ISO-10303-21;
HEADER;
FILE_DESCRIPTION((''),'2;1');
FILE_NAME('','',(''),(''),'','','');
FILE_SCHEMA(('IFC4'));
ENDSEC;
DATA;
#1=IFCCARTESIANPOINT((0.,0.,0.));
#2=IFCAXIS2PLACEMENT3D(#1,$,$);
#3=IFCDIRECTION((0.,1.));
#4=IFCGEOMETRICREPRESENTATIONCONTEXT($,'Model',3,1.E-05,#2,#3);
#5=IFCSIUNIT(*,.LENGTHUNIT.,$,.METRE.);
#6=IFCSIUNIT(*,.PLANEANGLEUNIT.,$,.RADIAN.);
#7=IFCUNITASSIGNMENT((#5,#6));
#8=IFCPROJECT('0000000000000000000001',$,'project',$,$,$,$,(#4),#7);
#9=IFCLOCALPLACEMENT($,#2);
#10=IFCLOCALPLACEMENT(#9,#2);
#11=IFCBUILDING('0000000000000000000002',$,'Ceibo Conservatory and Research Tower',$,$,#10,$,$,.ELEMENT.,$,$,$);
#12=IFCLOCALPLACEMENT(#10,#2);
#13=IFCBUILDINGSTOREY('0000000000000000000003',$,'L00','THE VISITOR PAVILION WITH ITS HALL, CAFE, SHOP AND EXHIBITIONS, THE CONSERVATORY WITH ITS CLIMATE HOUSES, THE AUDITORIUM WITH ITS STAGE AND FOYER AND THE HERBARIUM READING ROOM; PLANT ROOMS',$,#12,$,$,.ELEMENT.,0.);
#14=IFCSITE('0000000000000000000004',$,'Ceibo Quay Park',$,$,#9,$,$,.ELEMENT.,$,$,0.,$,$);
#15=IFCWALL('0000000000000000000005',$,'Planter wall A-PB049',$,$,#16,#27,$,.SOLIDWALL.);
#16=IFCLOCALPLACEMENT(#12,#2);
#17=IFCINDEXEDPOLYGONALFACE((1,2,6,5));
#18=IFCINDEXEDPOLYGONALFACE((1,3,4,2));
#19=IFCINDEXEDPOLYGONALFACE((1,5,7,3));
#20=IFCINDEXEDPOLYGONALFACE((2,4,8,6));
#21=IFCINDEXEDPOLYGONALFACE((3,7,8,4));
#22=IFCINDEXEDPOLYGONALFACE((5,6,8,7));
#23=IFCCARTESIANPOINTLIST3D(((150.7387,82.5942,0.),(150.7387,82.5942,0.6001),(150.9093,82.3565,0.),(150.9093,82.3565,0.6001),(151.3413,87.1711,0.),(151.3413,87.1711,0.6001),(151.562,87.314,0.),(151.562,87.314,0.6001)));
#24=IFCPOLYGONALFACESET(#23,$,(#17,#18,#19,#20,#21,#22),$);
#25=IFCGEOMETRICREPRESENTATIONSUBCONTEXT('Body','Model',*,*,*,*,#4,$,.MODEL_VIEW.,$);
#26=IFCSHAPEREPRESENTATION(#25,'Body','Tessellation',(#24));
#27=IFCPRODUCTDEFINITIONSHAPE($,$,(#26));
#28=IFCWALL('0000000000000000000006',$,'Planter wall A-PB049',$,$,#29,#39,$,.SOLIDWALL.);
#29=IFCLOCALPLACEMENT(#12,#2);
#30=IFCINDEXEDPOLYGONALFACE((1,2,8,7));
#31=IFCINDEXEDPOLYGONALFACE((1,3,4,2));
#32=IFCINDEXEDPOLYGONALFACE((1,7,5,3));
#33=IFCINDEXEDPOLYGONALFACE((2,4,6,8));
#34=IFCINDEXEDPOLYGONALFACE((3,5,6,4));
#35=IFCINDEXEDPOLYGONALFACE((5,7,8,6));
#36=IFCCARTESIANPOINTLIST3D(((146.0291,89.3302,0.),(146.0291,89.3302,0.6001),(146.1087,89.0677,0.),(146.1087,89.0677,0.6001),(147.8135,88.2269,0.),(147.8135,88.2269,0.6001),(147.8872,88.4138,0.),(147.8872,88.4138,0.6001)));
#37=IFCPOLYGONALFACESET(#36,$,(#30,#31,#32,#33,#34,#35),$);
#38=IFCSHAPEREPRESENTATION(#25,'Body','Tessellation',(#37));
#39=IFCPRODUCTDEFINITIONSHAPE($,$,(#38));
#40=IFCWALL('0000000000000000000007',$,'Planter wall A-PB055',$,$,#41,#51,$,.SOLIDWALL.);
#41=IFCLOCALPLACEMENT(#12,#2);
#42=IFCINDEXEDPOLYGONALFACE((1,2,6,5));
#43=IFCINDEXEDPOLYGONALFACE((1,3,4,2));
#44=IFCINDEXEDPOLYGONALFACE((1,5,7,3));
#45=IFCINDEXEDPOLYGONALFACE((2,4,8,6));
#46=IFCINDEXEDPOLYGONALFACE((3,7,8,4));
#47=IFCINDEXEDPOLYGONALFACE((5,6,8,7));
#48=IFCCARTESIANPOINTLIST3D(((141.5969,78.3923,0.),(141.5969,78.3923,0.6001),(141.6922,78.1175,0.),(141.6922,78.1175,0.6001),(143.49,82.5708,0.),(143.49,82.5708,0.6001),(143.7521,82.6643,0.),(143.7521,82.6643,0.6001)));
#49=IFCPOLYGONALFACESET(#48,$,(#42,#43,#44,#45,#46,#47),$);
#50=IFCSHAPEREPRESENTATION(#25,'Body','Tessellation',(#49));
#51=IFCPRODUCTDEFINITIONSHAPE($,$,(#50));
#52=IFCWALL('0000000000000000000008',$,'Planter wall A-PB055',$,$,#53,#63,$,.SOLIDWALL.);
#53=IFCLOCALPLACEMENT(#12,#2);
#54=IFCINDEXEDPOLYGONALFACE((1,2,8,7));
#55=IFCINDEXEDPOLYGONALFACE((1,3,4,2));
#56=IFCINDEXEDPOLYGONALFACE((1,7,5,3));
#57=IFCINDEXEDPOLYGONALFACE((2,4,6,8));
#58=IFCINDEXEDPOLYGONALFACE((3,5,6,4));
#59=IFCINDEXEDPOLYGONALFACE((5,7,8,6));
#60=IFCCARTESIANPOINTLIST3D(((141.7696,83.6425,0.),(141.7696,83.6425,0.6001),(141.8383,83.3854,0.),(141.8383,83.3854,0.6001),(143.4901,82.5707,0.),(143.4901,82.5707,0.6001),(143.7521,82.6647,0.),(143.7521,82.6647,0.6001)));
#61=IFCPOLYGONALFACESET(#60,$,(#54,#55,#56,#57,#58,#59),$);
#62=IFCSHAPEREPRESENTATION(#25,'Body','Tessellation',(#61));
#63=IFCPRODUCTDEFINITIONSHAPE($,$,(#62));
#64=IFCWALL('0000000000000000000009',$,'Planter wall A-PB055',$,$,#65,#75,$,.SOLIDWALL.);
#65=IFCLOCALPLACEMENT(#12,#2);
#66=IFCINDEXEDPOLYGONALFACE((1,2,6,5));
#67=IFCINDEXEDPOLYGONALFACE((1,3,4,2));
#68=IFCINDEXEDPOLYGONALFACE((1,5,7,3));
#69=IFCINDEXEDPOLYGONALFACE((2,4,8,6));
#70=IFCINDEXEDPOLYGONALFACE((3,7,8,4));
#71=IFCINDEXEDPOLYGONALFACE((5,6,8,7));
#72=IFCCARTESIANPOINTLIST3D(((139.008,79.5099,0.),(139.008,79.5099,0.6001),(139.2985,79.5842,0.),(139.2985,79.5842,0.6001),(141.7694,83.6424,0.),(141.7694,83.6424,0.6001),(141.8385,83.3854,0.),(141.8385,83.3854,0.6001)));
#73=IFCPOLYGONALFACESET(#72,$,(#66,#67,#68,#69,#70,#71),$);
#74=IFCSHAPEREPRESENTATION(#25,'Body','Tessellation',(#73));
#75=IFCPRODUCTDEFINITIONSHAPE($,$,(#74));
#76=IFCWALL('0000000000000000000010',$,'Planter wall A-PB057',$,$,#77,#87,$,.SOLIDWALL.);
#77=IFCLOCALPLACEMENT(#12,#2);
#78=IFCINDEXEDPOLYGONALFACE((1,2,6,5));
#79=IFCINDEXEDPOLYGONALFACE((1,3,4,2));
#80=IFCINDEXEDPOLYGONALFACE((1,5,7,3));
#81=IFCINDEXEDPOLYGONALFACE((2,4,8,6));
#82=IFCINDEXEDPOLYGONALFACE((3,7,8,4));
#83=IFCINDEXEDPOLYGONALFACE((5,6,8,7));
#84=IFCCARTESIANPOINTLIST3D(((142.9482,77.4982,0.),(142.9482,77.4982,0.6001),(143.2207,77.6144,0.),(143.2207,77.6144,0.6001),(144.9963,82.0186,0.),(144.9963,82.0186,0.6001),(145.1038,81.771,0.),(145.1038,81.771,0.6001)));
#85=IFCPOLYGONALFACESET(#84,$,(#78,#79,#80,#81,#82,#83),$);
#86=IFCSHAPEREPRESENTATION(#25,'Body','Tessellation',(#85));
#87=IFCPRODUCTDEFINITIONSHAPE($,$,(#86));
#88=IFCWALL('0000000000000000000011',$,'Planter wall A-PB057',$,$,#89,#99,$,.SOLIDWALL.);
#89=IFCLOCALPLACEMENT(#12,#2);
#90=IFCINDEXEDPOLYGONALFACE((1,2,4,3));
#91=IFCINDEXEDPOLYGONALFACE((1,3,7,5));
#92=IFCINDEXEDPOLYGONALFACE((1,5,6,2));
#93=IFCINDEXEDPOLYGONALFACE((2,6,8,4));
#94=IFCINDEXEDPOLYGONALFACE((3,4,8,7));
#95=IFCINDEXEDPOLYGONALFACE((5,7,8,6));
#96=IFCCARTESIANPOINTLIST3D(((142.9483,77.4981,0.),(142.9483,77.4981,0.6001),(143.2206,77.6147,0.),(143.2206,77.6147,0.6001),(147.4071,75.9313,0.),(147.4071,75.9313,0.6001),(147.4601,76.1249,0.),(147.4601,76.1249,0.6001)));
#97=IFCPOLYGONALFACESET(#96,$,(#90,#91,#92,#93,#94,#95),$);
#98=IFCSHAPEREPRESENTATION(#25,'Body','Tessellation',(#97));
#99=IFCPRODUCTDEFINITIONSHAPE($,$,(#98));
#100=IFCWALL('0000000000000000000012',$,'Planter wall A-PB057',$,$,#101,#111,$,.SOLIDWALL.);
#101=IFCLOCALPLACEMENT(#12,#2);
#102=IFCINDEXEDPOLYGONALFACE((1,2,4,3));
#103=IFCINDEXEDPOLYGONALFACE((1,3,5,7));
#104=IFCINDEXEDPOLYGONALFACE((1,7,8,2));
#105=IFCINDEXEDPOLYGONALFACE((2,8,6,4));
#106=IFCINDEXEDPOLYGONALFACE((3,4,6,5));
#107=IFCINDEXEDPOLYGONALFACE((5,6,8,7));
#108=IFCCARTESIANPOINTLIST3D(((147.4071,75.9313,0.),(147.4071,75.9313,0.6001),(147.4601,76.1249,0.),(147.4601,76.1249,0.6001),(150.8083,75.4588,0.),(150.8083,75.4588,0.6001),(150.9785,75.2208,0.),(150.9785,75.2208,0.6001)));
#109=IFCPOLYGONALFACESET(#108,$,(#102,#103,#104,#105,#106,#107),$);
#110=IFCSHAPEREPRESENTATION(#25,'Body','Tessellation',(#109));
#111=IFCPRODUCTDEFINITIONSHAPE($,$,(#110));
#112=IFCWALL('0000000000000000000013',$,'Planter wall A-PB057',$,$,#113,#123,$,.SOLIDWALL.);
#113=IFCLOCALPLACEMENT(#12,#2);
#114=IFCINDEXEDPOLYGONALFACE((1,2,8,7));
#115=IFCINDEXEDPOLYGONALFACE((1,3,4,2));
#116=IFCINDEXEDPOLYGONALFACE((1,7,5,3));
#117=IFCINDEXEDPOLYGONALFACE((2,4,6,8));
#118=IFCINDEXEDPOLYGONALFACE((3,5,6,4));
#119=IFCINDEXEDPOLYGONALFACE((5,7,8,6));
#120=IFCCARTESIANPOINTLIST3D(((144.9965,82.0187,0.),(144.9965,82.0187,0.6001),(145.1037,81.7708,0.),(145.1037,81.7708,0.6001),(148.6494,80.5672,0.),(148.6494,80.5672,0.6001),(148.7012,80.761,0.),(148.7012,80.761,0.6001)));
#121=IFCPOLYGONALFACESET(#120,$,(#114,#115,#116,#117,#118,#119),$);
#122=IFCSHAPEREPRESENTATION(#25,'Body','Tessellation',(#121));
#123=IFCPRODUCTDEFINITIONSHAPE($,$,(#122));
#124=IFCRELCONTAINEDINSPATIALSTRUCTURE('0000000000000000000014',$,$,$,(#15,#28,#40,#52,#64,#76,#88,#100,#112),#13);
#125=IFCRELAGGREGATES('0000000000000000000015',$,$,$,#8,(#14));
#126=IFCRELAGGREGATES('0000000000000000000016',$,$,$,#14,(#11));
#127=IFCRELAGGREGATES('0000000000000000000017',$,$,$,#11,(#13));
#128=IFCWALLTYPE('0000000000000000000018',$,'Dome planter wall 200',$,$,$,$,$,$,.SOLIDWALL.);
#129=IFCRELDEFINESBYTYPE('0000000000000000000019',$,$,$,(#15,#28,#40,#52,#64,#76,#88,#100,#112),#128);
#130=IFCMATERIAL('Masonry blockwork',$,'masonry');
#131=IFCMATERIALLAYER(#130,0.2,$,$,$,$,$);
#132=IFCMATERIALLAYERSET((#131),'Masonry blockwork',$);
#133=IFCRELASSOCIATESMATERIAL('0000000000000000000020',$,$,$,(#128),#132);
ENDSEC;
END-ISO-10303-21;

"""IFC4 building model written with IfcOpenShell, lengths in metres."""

from ifc_helpers import new_model, si_unit, direction, frame, origin, place, context, subcontext, project, spatial, polyline, outline, extrude, material, layer, layer_set, type_object, element, save


model = new_model("IFC4")

# Units and contexts
model_context = context("Model", 3, precision=1e-05, world=origin(), true_north=direction((0.0, 1.0)))
body_context = subcontext(model_context, "Body", "Model", "MODEL_VIEW")
ifc_project = project(units=[si_unit("LENGTHUNIT", "METRE"), si_unit("PLANEANGLEUNIT", "RADIAN")], contexts=[model_context])

# Site, building, storey
site_placement = place(None, origin())
site = spatial("IfcSite", under=ifc_project, at=site_placement, Name="Ceibo Quay Park", CompositionType="ELEMENT", RefElevation=0.0)
building_placement = place(site_placement, origin())
building = spatial("IfcBuilding", under=site, at=building_placement, Name="Ceibo Conservatory and Research Tower", CompositionType="ELEMENT")
storey_placement = place(building_placement, origin())
storey = spatial("IfcBuildingStorey", under=building, at=storey_placement, Name="L00", Description="THE VISITOR PAVILION WITH ITS HALL, CAFE, SHOP AND EXHIBITIONS, THE CONSERVATORY WITH ITS CLIMATE HOUSES, THE AUDITORIUM WITH ITS STAGE AND FOYER AND THE HERBARIUM READING ROOM; PLANT ROOMS", CompositionType="ELEMENT", Elevation=0.0)

# Walls
ifc_material_1 = material(Name="Masonry blockwork", Category="masonry")
ifc_layer_1 = layer(ifc_material_1, 0.2)
ifc_layer_set_1 = layer_set([ifc_layer_1], Name="Masonry blockwork")
wall_type_1 = type_object("IfcWallType", Name="Dome planter wall 200", PredefinedType="SOLIDWALL", material=ifc_layer_set_1)
wall_1_placement = place(storey_placement, frame((150.824, 82.4753, 0.0), z_axis=(0.0, 0.0, 1.0), x_axis=(0.130544, 0.991443, 0.0)))
element("IfcWall", 1, at=wall_1_placement, inside=storey, type_object=wall_type_1, Name="Planter wall A-PB049", PredefinedType="SOLIDWALL", context=body_context, shape_type="SweptSolid", body=[
    extrude(outline(polyline([(-0.1067, -0.1001), (4.8936, -0.1001), (4.7231, 0.1001), (0.1067, 0.1001), (-0.1067, -0.1001)])), origin(), (0.0, 0.0, 1.0), 0.6001),
])
wall_2_placement = place(storey_placement, frame((147.8503, 88.3203, 0.0), z_axis=(0.0, 0.0, 1.0), x_axis=(-0.896847, 0.44234, 0.0)))
element("IfcWall", 2, at=wall_2_placement, inside=storey, type_object=wall_type_1, Name="Planter wall A-PB049", PredefinedType="SOLIDWALL", context=body_context, shape_type="SweptSolid", body=[
    extrude(outline(polyline([(0.0083, -0.1001), (2.0801, -0.1001), (1.8926, 0.1001), (-0.0083, 0.1001), (0.0083, -0.1001)])), origin(), (0.0, 0.0, 1.0), 0.6001),
])
wall_3_placement = place(storey_placement, frame((141.6445, 78.2549, 0.0), z_axis=(0.0, 0.0, 1.0), x_axis=(0.412674, 0.910879, 0.0)))
element("IfcWall", 3, at=wall_3_placement, inside=storey, type_object=wall_type_1, Name="Planter wall A-PB055", PredefinedType="SOLIDWALL", context=body_context, shape_type="SweptSolid", body=[
    extrude(outline(polyline([(-0.1055, -0.1001), (4.8862, -0.1001), (4.6929, 0.1001), (0.1055, 0.1001), (-0.1055, -0.1001)])), origin(), (0.0, 0.0, 1.0), 0.6001),
])
wall_4_placement = place(storey_placement, frame((143.6211, 82.6177, 0.0), z_axis=(0.0, 0.0, 1.0), x_axis=(-0.896848, 0.442339, 0.0)))
element("IfcWall", 4, at=wall_4_placement, inside=storey, type_object=wall_type_1, Name="Planter wall A-PB055", PredefinedType="SOLIDWALL", context=body_context, shape_type="SweptSolid", body=[
    extrude(outline(polyline([(-0.0967, -0.1001), (2.1138, -0.1001), (1.9385, 0.1001), (0.0967, 0.1001), (-0.0967, -0.1001)])), origin(), (0.0, 0.0, 1.0), 0.6001),
])
wall_5_placement = place(storey_placement, frame((141.804, 83.5139, 0.0), z_axis=(0.0, 0.0, 1.0), x_axis=(-0.555586, -0.831459, 0.0)))
element("IfcWall", 5, at=wall_5_placement, inside=storey, type_object=wall_type_1, Name="Planter wall A-PB055", PredefinedType="SOLIDWALL", context=body_context, shape_type="SweptSolid", body=[
    extrude(outline(polyline([(-0.0876, -0.1001), (4.8826, -0.1001), (4.6594, 0.1001), (0.0876, 0.1001), (-0.0876, -0.1001)])), origin(), (0.0, 0.0, 1.0), 0.6001),
])
wall_6_placement = place(storey_placement, frame((145.05, 81.8948, 0.0), z_axis=(0.0, 0.0, 1.0), x_axis=(-0.412687, -0.910873, 0.0)))
element("IfcWall", 6, at=wall_6_placement, inside=storey, type_object=wall_type_1, Name="Planter wall A-PB057", PredefinedType="SOLIDWALL", context=body_context, shape_type="SweptSolid", body=[
    extrude(outline(polyline([(-0.0906, -0.1001), (4.8721, -0.1001), (4.6538, 0.1001), (0.0906, 0.1001), (-0.0906, -0.1001)])), origin(), (0.0, 0.0, 1.0), 0.6001),
])
wall_7_placement = place(storey_placement, frame((143.0845, 77.5564, 0.0), z_axis=(0.0, 0.0, 1.0), x_axis=(0.943443, -0.331534, 0.0)))
element("IfcWall", 7, at=wall_7_placement, inside=storey, type_object=wall_type_1, Name="Planter wall A-PB057", PredefinedType="SOLIDWALL", context=body_context, shape_type="SweptSolid", body=[
    extrude(outline(polyline([(-0.1091, -0.1001), (4.6169, -0.1001), (4.6028, 0.1001), (0.1091, 0.1001), (-0.1091, -0.1001)])), origin(), (0.0, 0.0, 1.0), 0.6001),
])
wall_8_placement = place(storey_placement, frame((147.4336, 76.0281, 0.0), z_axis=(0.0, 0.0, 1.0), x_axis=(0.980782, -0.195104, 0.0)))
element("IfcWall", 8, at=wall_8_placement, inside=storey, type_object=wall_type_1, Name="Planter wall A-PB057", PredefinedType="SOLIDWALL", context=body_context, shape_type="SweptSolid", body=[
    extrude(outline(polyline([(-0.0071, -0.1001), (3.6343, -0.1001), (3.4209, 0.1001), (0.0071, 0.1001), (-0.0071, -0.1001)])), origin(), (0.0, 0.0, 1.0), 0.6001),
])
wall_9_placement = place(storey_placement, frame((148.6753, 80.6641, 0.0), z_axis=(0.0, 0.0, 1.0), x_axis=(-0.946922, 0.321465, 0.0)))
element("IfcWall", 9, at=wall_9_placement, inside=storey, type_object=wall_type_1, Name="Planter wall A-PB057", PredefinedType="SOLIDWALL", context=body_context, shape_type="SweptSolid", body=[
    extrude(outline(polyline([(0.0066, -0.1001), (3.9189, -0.1001), (3.7378, 0.1001), (-0.0066, 0.1001), (0.0066, -0.1001)])), origin(), (0.0, 0.0, 1.0), 0.6001),
])

save(model, "model.ifc")
